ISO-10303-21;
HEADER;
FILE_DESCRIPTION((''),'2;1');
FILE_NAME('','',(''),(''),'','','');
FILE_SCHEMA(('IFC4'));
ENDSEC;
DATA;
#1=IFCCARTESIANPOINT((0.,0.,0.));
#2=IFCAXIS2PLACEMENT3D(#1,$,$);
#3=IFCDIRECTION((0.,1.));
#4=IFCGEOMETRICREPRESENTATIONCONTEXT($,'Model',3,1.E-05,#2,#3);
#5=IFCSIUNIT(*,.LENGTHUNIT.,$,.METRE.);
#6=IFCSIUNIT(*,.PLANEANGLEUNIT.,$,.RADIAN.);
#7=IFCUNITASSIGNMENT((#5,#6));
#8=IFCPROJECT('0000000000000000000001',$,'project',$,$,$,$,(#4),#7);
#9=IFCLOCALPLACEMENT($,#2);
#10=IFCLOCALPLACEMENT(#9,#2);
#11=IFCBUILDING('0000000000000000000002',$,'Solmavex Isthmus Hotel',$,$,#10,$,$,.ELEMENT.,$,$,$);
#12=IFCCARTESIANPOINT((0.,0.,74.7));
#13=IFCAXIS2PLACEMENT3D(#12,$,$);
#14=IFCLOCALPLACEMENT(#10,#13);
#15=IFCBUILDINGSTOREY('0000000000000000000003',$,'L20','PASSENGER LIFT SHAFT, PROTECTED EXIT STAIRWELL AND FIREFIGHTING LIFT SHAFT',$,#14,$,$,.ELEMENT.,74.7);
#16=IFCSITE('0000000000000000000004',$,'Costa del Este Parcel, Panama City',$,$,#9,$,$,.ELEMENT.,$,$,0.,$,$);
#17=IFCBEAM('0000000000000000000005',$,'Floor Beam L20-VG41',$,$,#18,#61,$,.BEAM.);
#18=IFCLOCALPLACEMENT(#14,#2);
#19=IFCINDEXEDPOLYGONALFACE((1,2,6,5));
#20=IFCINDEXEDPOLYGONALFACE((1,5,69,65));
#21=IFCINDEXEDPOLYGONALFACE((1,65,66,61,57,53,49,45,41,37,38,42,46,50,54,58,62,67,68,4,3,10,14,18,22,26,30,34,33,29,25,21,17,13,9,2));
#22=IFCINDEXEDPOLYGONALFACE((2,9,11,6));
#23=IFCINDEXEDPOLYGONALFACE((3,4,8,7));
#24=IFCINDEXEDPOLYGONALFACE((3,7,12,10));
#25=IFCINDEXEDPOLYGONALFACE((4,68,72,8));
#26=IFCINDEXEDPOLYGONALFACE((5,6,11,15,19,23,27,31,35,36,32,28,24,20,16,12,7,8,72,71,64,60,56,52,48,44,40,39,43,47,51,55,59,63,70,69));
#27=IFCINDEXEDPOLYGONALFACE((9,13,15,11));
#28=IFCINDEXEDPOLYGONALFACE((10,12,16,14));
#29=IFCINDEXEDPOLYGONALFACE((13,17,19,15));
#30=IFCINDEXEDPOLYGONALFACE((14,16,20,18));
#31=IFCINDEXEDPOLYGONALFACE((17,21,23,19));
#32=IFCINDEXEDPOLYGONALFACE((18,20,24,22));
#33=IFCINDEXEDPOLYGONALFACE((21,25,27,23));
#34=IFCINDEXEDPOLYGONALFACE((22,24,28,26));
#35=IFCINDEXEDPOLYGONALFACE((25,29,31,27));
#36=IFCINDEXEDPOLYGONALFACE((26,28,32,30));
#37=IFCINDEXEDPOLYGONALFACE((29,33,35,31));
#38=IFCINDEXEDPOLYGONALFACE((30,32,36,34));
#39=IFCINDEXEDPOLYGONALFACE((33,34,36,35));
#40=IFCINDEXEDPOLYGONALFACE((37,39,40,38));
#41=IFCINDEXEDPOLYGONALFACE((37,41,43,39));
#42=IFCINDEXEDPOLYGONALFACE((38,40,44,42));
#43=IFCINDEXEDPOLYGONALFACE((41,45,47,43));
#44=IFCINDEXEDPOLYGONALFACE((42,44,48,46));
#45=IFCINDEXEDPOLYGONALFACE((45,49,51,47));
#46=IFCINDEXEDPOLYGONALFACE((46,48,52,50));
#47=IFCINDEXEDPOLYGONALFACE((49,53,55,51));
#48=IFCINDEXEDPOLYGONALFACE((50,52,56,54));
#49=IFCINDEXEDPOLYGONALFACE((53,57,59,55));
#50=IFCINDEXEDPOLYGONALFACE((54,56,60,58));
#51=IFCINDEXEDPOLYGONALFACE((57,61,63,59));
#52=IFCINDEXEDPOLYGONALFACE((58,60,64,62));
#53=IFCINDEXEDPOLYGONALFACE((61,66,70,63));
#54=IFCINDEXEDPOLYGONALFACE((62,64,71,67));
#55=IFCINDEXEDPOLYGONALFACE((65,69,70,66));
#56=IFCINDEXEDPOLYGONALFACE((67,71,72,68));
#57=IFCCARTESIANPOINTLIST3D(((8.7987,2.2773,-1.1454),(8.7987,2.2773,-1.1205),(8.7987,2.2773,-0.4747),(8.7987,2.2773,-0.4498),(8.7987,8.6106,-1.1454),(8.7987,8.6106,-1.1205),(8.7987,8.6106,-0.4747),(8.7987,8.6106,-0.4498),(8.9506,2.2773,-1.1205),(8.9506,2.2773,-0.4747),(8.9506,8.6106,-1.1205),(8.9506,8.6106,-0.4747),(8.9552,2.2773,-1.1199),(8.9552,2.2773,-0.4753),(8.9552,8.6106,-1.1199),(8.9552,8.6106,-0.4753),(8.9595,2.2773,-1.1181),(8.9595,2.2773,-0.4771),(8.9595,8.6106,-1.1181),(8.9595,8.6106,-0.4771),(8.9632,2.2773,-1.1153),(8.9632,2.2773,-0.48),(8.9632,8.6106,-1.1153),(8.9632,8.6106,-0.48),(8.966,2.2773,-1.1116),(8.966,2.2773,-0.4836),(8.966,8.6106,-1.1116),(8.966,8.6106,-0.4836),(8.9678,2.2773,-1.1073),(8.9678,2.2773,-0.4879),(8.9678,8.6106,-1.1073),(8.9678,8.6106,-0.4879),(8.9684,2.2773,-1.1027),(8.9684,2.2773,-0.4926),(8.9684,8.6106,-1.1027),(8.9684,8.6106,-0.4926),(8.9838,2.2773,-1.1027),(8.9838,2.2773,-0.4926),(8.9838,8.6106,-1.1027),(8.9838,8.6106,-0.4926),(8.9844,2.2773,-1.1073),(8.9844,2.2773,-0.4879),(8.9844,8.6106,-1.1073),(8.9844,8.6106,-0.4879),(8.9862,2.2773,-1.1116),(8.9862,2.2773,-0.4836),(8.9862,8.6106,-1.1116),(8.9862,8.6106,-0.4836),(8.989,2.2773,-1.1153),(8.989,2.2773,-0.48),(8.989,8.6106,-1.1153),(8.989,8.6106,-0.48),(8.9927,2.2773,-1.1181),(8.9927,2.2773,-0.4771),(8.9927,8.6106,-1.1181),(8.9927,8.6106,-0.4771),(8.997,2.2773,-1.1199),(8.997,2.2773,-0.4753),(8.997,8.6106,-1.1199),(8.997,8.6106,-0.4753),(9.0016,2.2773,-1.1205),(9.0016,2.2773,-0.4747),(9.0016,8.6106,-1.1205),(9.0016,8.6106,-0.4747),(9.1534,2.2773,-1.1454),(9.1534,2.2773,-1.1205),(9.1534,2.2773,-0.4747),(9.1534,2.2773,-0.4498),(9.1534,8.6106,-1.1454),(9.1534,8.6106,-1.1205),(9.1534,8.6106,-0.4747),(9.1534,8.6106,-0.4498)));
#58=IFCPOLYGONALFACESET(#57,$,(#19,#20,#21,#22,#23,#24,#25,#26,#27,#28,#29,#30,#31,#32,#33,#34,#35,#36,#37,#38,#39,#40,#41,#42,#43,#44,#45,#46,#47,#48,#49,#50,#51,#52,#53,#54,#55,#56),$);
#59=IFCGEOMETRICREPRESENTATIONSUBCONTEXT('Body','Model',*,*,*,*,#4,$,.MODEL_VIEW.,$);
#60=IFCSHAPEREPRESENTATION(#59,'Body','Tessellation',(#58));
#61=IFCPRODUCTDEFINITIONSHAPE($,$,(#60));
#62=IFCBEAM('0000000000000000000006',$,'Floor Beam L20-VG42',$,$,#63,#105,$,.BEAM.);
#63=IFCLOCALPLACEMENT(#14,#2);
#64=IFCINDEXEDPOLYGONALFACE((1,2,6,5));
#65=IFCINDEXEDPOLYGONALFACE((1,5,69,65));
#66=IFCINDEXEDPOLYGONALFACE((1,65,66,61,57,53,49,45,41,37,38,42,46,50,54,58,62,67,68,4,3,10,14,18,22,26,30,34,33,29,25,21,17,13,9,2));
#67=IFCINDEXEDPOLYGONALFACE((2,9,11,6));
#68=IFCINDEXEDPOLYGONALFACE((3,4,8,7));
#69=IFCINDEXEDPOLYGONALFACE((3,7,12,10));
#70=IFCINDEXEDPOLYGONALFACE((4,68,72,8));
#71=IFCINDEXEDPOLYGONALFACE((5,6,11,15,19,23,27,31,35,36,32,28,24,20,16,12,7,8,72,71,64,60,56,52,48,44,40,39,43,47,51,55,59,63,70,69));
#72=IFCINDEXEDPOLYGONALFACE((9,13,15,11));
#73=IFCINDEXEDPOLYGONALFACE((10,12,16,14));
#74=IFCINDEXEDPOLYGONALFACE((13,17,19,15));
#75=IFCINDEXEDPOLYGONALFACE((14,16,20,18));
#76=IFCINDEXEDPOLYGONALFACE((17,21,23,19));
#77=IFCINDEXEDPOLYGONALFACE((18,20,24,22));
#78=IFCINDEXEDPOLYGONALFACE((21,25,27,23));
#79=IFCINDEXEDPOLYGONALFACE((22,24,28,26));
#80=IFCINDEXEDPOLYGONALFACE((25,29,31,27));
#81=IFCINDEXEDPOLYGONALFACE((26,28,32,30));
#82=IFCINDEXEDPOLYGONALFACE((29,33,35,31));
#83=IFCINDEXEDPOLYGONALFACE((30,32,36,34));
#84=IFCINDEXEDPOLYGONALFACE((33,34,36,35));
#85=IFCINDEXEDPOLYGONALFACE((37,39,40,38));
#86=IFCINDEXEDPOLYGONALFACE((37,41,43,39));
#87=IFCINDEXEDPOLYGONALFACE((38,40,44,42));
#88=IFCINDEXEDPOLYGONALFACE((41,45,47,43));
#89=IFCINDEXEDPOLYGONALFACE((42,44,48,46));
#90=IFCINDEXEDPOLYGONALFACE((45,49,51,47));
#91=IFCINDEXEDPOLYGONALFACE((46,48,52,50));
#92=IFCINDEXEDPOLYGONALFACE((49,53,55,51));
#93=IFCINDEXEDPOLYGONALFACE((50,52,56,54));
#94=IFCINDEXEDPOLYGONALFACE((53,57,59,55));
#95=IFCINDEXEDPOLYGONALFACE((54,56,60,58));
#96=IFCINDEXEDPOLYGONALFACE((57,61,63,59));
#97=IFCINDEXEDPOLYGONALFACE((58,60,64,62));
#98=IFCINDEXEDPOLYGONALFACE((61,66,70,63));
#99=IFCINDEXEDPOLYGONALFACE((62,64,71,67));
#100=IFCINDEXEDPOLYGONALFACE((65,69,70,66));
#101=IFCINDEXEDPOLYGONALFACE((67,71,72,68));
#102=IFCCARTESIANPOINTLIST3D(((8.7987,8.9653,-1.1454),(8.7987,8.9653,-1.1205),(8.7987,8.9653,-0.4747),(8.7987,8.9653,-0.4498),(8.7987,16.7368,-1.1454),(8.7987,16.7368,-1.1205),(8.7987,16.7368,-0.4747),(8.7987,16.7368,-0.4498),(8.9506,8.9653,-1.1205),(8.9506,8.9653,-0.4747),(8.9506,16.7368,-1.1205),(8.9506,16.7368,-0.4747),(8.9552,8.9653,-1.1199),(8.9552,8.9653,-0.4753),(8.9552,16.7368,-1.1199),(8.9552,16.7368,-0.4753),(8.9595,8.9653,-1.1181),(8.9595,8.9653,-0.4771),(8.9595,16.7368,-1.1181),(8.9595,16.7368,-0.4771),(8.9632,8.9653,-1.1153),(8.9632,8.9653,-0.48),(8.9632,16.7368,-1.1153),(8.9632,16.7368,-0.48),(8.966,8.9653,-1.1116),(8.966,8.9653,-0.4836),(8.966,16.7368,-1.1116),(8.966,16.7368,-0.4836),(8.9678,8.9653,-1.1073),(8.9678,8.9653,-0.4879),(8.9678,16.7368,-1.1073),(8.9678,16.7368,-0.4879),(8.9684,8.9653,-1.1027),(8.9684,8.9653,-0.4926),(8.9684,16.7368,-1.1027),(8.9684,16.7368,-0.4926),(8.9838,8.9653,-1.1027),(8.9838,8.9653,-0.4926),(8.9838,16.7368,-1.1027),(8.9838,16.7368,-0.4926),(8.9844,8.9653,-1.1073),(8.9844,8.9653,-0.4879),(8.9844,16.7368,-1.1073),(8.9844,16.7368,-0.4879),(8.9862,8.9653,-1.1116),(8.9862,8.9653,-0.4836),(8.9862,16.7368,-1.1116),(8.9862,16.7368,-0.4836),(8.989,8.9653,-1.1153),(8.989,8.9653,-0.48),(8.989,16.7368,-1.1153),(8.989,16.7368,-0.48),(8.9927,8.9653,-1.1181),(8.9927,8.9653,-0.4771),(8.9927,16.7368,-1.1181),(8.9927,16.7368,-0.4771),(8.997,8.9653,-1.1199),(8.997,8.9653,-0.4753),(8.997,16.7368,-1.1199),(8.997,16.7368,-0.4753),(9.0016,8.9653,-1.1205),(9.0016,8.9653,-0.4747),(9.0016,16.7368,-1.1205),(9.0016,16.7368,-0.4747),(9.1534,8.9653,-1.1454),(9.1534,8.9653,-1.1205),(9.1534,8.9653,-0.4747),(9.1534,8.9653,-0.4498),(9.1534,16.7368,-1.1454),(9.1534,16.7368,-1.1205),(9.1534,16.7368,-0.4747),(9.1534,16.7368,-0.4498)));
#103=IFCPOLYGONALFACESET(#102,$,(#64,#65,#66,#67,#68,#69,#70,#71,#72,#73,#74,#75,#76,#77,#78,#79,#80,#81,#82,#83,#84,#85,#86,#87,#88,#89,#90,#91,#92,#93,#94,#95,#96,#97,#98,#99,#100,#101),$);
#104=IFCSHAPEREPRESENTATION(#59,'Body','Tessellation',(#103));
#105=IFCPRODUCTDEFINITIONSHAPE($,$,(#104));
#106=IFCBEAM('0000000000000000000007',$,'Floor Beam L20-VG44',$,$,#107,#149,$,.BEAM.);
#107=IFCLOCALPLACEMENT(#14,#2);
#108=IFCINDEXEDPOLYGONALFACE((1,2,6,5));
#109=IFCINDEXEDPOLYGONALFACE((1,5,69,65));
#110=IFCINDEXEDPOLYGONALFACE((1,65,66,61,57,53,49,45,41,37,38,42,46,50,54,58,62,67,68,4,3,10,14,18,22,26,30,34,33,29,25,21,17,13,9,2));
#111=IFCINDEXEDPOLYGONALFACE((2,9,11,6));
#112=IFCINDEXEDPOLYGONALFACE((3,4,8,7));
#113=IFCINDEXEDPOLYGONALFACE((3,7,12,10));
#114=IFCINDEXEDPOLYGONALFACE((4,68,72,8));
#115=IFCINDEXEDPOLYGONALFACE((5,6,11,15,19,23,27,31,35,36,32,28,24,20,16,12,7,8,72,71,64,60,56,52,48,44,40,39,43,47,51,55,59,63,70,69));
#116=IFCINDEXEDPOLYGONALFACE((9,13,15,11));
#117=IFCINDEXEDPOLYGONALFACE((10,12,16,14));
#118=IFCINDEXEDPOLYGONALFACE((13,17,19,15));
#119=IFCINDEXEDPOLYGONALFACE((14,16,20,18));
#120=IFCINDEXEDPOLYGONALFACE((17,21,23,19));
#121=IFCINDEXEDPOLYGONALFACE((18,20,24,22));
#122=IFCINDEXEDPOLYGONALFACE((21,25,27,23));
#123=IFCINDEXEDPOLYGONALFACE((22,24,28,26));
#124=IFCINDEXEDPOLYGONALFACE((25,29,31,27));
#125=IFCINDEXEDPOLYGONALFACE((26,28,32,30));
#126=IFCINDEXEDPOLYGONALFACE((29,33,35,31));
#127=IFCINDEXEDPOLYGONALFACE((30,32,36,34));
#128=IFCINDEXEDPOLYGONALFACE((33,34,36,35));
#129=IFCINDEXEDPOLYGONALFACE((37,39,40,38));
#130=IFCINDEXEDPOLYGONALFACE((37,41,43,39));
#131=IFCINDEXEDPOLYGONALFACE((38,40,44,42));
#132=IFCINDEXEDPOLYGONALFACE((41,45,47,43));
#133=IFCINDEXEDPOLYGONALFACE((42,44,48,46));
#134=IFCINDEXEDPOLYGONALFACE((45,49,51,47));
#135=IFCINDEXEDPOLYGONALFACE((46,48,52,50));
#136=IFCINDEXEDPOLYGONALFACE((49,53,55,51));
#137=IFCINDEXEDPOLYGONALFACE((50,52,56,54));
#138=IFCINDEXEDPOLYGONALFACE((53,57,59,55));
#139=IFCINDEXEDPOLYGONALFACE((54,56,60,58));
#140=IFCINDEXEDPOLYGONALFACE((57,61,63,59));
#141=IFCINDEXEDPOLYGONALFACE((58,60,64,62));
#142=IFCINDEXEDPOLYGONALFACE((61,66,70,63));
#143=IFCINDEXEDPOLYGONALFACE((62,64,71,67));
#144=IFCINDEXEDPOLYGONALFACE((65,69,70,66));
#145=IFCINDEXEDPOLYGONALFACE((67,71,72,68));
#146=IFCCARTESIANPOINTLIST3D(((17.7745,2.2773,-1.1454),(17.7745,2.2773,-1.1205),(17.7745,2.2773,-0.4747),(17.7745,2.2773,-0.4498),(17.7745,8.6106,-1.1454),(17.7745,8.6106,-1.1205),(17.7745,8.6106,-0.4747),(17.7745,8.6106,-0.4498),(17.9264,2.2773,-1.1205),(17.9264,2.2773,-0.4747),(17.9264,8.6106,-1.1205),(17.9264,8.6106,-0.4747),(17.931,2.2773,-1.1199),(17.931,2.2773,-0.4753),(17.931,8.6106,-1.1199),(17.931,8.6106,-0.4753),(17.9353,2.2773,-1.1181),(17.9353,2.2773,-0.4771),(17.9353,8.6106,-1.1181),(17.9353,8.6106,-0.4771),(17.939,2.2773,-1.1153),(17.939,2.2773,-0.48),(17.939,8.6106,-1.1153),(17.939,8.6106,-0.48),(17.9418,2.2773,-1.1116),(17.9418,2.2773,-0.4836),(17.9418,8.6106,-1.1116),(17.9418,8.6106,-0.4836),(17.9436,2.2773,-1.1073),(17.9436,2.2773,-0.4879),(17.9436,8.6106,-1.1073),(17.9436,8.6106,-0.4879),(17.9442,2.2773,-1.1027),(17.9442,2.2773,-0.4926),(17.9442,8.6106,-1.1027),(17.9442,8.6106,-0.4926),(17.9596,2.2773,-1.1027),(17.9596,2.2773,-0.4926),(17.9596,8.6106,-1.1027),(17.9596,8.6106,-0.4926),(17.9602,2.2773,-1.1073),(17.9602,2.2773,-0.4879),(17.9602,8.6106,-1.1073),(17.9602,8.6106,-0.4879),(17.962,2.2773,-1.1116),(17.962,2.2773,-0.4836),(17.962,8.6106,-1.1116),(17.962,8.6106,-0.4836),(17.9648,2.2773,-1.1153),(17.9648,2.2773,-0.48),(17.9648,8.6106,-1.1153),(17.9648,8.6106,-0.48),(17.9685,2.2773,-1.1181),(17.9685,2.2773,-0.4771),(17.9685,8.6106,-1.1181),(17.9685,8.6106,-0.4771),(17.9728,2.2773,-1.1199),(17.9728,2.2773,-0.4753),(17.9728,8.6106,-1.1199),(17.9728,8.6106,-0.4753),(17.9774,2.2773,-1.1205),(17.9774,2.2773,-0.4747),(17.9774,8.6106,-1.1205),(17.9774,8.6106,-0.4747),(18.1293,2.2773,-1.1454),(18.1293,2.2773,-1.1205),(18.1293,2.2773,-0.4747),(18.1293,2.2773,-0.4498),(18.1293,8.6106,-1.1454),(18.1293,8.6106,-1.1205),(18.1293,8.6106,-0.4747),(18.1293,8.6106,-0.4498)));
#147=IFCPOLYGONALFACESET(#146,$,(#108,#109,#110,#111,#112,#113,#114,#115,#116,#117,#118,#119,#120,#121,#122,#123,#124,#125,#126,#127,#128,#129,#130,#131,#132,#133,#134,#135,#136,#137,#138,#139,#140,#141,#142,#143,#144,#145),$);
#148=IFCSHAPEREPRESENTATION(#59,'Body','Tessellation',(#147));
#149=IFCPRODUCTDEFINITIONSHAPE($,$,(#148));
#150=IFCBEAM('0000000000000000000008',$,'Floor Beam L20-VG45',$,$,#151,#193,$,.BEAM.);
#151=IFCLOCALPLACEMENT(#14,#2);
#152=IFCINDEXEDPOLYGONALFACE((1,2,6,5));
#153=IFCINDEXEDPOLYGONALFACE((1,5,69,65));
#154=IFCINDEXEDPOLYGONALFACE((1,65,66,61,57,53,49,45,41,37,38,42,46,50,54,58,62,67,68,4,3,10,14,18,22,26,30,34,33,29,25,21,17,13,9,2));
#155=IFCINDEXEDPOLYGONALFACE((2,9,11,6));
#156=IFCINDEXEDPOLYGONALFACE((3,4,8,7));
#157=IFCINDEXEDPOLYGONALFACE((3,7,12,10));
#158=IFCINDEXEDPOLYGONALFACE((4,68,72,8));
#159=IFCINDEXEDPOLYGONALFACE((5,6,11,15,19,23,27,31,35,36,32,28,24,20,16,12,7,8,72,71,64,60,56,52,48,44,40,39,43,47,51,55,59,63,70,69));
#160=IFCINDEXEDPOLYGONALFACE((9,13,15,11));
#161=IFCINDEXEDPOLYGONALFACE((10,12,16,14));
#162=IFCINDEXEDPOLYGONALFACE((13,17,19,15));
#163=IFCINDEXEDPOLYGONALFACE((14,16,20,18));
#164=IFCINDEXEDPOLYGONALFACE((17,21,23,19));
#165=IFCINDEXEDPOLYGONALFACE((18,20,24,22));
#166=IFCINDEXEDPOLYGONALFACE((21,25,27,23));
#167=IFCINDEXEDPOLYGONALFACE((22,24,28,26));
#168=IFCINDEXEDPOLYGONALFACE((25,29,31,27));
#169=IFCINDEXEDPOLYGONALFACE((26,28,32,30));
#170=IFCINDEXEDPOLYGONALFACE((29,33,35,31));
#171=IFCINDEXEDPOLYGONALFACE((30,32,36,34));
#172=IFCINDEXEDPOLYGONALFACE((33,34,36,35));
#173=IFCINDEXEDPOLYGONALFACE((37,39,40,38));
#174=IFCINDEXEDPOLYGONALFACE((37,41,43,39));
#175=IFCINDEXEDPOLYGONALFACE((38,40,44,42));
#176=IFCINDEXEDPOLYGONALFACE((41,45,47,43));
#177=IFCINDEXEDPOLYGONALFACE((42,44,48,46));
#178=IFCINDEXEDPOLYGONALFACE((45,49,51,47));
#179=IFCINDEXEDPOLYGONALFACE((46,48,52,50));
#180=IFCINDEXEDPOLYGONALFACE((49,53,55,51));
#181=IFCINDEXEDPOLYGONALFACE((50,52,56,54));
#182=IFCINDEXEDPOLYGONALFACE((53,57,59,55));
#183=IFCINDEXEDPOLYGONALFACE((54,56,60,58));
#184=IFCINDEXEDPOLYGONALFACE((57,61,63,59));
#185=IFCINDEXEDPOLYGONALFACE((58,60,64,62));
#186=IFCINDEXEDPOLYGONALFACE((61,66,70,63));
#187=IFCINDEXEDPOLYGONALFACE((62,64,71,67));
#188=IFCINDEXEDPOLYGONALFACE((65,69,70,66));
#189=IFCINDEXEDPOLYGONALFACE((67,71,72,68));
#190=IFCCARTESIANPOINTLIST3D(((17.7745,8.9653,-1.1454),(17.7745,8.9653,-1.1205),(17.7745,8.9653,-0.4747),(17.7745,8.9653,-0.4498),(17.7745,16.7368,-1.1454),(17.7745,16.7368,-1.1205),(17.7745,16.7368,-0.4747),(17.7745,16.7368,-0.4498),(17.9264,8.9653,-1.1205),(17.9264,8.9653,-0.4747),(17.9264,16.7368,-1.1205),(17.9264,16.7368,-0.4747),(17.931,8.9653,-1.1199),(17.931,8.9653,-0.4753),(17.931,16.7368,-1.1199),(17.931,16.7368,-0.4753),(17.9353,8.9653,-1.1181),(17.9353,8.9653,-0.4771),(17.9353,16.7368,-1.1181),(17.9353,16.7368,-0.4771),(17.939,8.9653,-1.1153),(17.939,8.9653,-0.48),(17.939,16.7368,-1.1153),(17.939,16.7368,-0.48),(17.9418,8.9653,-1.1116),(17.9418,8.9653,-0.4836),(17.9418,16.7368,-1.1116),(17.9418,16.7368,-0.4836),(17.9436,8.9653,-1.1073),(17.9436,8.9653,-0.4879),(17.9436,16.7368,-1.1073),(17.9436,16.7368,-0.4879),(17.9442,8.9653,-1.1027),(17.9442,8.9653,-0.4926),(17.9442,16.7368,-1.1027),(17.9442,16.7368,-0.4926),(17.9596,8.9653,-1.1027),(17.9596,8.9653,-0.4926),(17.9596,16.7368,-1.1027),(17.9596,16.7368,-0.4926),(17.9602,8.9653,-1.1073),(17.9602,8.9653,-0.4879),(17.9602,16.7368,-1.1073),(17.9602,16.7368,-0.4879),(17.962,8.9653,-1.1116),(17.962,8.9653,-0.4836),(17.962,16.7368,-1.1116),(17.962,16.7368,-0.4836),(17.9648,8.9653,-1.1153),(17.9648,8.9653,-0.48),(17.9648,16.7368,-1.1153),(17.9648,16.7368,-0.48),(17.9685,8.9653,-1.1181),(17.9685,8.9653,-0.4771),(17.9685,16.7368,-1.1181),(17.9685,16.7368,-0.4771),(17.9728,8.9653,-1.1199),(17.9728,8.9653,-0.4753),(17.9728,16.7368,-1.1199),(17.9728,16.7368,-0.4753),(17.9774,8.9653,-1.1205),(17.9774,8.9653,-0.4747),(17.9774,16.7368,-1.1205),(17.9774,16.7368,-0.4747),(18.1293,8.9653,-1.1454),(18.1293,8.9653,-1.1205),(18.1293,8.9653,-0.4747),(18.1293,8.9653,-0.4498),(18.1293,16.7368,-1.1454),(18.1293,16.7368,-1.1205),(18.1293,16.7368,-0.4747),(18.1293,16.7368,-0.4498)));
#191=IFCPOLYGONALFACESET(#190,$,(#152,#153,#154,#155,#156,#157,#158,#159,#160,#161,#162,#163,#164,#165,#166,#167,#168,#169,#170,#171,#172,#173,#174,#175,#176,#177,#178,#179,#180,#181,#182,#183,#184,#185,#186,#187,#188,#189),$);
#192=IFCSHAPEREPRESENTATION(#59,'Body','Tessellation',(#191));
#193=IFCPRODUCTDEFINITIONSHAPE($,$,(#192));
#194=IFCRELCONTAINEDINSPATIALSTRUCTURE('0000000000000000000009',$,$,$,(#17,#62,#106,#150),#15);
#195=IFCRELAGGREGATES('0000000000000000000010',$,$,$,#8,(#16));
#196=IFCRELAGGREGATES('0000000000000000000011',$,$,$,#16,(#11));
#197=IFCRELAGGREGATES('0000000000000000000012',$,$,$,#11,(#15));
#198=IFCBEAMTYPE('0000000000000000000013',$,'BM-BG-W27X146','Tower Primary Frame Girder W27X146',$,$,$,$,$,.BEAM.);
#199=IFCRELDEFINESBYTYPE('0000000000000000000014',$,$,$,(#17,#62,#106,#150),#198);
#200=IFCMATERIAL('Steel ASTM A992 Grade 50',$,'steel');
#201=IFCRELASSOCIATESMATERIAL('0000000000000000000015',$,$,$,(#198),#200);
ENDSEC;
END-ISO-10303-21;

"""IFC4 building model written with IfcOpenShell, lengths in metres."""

from ifc_helpers import new_model, si_unit, direction, frame, origin, origin_2d, place, context, subcontext, project, spatial, i_section, extrude, material, material_profile, profile_set, type_object, element, save


model = new_model("IFC4")

# Units and contexts
model_context = context("Model", 3, precision=1e-05, world=origin(), true_north=direction((0.0, 1.0)))
body_context = subcontext(model_context, "Body", "Model", "MODEL_VIEW")
ifc_project = project(units=[si_unit("LENGTHUNIT", "METRE"), si_unit("PLANEANGLEUNIT", "RADIAN")], contexts=[model_context])

# Site, building, storey
site_placement = place(None, origin())
site = spatial("IfcSite", under=ifc_project, at=site_placement, Name="Costa del Este Parcel, Panama City", CompositionType="ELEMENT", RefElevation=0.0)
building_placement = place(site_placement, origin())
building = spatial("IfcBuilding", under=site, at=building_placement, Name="Solmavex Isthmus Hotel", CompositionType="ELEMENT")
storey_placement = place(building_placement, frame((0.0, 0.0, 74.7)))
storey = spatial("IfcBuildingStorey", under=building, at=storey_placement, Name="L20", Description="PASSENGER LIFT SHAFT, PROTECTED EXIT STAIRWELL AND FIREFIGHTING LIFT SHAFT", CompositionType="ELEMENT", Elevation=74.7)

# Beams
ifc_material_1 = material(Name="Steel ASTM A992 Grade 50", Category="steel")
ifc_material_profile_1 = material_profile(ifc_material_1, i_section(OverallWidth=0.3547, OverallDepth=0.6956, WebThickness=0.0154, FlangeThickness=0.0249, FilletRadius=0.0178, at=origin_2d()), Name="W27X146")
ifc_profile_set_1 = profile_set([ifc_material_profile_1], Name="Steel ASTM A992 Grade 50")
beam_type_1 = type_object("IfcBeamType", Name="BM-BG-W27X146", Description="Tower Primary Frame Girder W27X146", PredefinedType="BEAM", material=ifc_profile_set_1)
beam_1_placement = place(storey_placement, frame((8.9761, 2.2773, -0.7976), z_axis=(0.0, 1.0, 0.0), x_axis=(-1.0, 0.0, 0.0)))
element("IfcBeam", 1, at=beam_1_placement, inside=storey, type_object=beam_type_1, Name="Floor Beam L20-VG41", PredefinedType="BEAM", context=body_context, shape_type="SweptSolid", body=[
    extrude(i_section(OverallWidth=0.3547, OverallDepth=0.6956, WebThickness=0.0154, FlangeThickness=0.0249, FilletRadius=0.0178, at=origin_2d()), origin(), (0.0, 0.0, 1.0), 6.3333),
])
beam_2_placement = place(storey_placement, frame((8.9761, 8.9653, -0.7976), z_axis=(0.0, 1.0, 0.0), x_axis=(-1.0, 0.0, 0.0)))
element("IfcBeam", 2, at=beam_2_placement, inside=storey, type_object=beam_type_1, Name="Floor Beam L20-VG42", PredefinedType="BEAM", context=body_context, shape_type="SweptSolid", body=[
    extrude(i_section(OverallWidth=0.3547, OverallDepth=0.6956, WebThickness=0.0154, FlangeThickness=0.0249, FilletRadius=0.0178, at=origin_2d()), origin(), (0.0, 0.0, 1.0), 7.7715),
])
beam_3_placement = place(storey_placement, frame((17.9519, 2.2773, -0.7976), z_axis=(0.0, 1.0, 0.0), x_axis=(-1.0, 0.0, 0.0)))
element("IfcBeam", 3, at=beam_3_placement, inside=storey, type_object=beam_type_1, Name="Floor Beam L20-VG44", PredefinedType="BEAM", context=body_context, shape_type="SweptSolid", body=[
    extrude(i_section(OverallWidth=0.3547, OverallDepth=0.6956, WebThickness=0.0154, FlangeThickness=0.0249, FilletRadius=0.0178, at=origin_2d()), origin(), (0.0, 0.0, 1.0), 6.3333),
])
beam_4_placement = place(storey_placement, frame((17.9519, 8.9653, -0.7976), z_axis=(0.0, 1.0, 0.0), x_axis=(-1.0, 0.0, 0.0)))
element("IfcBeam", 4, at=beam_4_placement, inside=storey, type_object=beam_type_1, Name="Floor Beam L20-VG45", PredefinedType="BEAM", context=body_context, shape_type="SweptSolid", body=[
    extrude(i_section(OverallWidth=0.3547, OverallDepth=0.6956, WebThickness=0.0154, FlangeThickness=0.0249, FilletRadius=0.0178, at=origin_2d()), origin(), (0.0, 0.0, 1.0), 7.7715),
])

save(model, "model.ifc")
